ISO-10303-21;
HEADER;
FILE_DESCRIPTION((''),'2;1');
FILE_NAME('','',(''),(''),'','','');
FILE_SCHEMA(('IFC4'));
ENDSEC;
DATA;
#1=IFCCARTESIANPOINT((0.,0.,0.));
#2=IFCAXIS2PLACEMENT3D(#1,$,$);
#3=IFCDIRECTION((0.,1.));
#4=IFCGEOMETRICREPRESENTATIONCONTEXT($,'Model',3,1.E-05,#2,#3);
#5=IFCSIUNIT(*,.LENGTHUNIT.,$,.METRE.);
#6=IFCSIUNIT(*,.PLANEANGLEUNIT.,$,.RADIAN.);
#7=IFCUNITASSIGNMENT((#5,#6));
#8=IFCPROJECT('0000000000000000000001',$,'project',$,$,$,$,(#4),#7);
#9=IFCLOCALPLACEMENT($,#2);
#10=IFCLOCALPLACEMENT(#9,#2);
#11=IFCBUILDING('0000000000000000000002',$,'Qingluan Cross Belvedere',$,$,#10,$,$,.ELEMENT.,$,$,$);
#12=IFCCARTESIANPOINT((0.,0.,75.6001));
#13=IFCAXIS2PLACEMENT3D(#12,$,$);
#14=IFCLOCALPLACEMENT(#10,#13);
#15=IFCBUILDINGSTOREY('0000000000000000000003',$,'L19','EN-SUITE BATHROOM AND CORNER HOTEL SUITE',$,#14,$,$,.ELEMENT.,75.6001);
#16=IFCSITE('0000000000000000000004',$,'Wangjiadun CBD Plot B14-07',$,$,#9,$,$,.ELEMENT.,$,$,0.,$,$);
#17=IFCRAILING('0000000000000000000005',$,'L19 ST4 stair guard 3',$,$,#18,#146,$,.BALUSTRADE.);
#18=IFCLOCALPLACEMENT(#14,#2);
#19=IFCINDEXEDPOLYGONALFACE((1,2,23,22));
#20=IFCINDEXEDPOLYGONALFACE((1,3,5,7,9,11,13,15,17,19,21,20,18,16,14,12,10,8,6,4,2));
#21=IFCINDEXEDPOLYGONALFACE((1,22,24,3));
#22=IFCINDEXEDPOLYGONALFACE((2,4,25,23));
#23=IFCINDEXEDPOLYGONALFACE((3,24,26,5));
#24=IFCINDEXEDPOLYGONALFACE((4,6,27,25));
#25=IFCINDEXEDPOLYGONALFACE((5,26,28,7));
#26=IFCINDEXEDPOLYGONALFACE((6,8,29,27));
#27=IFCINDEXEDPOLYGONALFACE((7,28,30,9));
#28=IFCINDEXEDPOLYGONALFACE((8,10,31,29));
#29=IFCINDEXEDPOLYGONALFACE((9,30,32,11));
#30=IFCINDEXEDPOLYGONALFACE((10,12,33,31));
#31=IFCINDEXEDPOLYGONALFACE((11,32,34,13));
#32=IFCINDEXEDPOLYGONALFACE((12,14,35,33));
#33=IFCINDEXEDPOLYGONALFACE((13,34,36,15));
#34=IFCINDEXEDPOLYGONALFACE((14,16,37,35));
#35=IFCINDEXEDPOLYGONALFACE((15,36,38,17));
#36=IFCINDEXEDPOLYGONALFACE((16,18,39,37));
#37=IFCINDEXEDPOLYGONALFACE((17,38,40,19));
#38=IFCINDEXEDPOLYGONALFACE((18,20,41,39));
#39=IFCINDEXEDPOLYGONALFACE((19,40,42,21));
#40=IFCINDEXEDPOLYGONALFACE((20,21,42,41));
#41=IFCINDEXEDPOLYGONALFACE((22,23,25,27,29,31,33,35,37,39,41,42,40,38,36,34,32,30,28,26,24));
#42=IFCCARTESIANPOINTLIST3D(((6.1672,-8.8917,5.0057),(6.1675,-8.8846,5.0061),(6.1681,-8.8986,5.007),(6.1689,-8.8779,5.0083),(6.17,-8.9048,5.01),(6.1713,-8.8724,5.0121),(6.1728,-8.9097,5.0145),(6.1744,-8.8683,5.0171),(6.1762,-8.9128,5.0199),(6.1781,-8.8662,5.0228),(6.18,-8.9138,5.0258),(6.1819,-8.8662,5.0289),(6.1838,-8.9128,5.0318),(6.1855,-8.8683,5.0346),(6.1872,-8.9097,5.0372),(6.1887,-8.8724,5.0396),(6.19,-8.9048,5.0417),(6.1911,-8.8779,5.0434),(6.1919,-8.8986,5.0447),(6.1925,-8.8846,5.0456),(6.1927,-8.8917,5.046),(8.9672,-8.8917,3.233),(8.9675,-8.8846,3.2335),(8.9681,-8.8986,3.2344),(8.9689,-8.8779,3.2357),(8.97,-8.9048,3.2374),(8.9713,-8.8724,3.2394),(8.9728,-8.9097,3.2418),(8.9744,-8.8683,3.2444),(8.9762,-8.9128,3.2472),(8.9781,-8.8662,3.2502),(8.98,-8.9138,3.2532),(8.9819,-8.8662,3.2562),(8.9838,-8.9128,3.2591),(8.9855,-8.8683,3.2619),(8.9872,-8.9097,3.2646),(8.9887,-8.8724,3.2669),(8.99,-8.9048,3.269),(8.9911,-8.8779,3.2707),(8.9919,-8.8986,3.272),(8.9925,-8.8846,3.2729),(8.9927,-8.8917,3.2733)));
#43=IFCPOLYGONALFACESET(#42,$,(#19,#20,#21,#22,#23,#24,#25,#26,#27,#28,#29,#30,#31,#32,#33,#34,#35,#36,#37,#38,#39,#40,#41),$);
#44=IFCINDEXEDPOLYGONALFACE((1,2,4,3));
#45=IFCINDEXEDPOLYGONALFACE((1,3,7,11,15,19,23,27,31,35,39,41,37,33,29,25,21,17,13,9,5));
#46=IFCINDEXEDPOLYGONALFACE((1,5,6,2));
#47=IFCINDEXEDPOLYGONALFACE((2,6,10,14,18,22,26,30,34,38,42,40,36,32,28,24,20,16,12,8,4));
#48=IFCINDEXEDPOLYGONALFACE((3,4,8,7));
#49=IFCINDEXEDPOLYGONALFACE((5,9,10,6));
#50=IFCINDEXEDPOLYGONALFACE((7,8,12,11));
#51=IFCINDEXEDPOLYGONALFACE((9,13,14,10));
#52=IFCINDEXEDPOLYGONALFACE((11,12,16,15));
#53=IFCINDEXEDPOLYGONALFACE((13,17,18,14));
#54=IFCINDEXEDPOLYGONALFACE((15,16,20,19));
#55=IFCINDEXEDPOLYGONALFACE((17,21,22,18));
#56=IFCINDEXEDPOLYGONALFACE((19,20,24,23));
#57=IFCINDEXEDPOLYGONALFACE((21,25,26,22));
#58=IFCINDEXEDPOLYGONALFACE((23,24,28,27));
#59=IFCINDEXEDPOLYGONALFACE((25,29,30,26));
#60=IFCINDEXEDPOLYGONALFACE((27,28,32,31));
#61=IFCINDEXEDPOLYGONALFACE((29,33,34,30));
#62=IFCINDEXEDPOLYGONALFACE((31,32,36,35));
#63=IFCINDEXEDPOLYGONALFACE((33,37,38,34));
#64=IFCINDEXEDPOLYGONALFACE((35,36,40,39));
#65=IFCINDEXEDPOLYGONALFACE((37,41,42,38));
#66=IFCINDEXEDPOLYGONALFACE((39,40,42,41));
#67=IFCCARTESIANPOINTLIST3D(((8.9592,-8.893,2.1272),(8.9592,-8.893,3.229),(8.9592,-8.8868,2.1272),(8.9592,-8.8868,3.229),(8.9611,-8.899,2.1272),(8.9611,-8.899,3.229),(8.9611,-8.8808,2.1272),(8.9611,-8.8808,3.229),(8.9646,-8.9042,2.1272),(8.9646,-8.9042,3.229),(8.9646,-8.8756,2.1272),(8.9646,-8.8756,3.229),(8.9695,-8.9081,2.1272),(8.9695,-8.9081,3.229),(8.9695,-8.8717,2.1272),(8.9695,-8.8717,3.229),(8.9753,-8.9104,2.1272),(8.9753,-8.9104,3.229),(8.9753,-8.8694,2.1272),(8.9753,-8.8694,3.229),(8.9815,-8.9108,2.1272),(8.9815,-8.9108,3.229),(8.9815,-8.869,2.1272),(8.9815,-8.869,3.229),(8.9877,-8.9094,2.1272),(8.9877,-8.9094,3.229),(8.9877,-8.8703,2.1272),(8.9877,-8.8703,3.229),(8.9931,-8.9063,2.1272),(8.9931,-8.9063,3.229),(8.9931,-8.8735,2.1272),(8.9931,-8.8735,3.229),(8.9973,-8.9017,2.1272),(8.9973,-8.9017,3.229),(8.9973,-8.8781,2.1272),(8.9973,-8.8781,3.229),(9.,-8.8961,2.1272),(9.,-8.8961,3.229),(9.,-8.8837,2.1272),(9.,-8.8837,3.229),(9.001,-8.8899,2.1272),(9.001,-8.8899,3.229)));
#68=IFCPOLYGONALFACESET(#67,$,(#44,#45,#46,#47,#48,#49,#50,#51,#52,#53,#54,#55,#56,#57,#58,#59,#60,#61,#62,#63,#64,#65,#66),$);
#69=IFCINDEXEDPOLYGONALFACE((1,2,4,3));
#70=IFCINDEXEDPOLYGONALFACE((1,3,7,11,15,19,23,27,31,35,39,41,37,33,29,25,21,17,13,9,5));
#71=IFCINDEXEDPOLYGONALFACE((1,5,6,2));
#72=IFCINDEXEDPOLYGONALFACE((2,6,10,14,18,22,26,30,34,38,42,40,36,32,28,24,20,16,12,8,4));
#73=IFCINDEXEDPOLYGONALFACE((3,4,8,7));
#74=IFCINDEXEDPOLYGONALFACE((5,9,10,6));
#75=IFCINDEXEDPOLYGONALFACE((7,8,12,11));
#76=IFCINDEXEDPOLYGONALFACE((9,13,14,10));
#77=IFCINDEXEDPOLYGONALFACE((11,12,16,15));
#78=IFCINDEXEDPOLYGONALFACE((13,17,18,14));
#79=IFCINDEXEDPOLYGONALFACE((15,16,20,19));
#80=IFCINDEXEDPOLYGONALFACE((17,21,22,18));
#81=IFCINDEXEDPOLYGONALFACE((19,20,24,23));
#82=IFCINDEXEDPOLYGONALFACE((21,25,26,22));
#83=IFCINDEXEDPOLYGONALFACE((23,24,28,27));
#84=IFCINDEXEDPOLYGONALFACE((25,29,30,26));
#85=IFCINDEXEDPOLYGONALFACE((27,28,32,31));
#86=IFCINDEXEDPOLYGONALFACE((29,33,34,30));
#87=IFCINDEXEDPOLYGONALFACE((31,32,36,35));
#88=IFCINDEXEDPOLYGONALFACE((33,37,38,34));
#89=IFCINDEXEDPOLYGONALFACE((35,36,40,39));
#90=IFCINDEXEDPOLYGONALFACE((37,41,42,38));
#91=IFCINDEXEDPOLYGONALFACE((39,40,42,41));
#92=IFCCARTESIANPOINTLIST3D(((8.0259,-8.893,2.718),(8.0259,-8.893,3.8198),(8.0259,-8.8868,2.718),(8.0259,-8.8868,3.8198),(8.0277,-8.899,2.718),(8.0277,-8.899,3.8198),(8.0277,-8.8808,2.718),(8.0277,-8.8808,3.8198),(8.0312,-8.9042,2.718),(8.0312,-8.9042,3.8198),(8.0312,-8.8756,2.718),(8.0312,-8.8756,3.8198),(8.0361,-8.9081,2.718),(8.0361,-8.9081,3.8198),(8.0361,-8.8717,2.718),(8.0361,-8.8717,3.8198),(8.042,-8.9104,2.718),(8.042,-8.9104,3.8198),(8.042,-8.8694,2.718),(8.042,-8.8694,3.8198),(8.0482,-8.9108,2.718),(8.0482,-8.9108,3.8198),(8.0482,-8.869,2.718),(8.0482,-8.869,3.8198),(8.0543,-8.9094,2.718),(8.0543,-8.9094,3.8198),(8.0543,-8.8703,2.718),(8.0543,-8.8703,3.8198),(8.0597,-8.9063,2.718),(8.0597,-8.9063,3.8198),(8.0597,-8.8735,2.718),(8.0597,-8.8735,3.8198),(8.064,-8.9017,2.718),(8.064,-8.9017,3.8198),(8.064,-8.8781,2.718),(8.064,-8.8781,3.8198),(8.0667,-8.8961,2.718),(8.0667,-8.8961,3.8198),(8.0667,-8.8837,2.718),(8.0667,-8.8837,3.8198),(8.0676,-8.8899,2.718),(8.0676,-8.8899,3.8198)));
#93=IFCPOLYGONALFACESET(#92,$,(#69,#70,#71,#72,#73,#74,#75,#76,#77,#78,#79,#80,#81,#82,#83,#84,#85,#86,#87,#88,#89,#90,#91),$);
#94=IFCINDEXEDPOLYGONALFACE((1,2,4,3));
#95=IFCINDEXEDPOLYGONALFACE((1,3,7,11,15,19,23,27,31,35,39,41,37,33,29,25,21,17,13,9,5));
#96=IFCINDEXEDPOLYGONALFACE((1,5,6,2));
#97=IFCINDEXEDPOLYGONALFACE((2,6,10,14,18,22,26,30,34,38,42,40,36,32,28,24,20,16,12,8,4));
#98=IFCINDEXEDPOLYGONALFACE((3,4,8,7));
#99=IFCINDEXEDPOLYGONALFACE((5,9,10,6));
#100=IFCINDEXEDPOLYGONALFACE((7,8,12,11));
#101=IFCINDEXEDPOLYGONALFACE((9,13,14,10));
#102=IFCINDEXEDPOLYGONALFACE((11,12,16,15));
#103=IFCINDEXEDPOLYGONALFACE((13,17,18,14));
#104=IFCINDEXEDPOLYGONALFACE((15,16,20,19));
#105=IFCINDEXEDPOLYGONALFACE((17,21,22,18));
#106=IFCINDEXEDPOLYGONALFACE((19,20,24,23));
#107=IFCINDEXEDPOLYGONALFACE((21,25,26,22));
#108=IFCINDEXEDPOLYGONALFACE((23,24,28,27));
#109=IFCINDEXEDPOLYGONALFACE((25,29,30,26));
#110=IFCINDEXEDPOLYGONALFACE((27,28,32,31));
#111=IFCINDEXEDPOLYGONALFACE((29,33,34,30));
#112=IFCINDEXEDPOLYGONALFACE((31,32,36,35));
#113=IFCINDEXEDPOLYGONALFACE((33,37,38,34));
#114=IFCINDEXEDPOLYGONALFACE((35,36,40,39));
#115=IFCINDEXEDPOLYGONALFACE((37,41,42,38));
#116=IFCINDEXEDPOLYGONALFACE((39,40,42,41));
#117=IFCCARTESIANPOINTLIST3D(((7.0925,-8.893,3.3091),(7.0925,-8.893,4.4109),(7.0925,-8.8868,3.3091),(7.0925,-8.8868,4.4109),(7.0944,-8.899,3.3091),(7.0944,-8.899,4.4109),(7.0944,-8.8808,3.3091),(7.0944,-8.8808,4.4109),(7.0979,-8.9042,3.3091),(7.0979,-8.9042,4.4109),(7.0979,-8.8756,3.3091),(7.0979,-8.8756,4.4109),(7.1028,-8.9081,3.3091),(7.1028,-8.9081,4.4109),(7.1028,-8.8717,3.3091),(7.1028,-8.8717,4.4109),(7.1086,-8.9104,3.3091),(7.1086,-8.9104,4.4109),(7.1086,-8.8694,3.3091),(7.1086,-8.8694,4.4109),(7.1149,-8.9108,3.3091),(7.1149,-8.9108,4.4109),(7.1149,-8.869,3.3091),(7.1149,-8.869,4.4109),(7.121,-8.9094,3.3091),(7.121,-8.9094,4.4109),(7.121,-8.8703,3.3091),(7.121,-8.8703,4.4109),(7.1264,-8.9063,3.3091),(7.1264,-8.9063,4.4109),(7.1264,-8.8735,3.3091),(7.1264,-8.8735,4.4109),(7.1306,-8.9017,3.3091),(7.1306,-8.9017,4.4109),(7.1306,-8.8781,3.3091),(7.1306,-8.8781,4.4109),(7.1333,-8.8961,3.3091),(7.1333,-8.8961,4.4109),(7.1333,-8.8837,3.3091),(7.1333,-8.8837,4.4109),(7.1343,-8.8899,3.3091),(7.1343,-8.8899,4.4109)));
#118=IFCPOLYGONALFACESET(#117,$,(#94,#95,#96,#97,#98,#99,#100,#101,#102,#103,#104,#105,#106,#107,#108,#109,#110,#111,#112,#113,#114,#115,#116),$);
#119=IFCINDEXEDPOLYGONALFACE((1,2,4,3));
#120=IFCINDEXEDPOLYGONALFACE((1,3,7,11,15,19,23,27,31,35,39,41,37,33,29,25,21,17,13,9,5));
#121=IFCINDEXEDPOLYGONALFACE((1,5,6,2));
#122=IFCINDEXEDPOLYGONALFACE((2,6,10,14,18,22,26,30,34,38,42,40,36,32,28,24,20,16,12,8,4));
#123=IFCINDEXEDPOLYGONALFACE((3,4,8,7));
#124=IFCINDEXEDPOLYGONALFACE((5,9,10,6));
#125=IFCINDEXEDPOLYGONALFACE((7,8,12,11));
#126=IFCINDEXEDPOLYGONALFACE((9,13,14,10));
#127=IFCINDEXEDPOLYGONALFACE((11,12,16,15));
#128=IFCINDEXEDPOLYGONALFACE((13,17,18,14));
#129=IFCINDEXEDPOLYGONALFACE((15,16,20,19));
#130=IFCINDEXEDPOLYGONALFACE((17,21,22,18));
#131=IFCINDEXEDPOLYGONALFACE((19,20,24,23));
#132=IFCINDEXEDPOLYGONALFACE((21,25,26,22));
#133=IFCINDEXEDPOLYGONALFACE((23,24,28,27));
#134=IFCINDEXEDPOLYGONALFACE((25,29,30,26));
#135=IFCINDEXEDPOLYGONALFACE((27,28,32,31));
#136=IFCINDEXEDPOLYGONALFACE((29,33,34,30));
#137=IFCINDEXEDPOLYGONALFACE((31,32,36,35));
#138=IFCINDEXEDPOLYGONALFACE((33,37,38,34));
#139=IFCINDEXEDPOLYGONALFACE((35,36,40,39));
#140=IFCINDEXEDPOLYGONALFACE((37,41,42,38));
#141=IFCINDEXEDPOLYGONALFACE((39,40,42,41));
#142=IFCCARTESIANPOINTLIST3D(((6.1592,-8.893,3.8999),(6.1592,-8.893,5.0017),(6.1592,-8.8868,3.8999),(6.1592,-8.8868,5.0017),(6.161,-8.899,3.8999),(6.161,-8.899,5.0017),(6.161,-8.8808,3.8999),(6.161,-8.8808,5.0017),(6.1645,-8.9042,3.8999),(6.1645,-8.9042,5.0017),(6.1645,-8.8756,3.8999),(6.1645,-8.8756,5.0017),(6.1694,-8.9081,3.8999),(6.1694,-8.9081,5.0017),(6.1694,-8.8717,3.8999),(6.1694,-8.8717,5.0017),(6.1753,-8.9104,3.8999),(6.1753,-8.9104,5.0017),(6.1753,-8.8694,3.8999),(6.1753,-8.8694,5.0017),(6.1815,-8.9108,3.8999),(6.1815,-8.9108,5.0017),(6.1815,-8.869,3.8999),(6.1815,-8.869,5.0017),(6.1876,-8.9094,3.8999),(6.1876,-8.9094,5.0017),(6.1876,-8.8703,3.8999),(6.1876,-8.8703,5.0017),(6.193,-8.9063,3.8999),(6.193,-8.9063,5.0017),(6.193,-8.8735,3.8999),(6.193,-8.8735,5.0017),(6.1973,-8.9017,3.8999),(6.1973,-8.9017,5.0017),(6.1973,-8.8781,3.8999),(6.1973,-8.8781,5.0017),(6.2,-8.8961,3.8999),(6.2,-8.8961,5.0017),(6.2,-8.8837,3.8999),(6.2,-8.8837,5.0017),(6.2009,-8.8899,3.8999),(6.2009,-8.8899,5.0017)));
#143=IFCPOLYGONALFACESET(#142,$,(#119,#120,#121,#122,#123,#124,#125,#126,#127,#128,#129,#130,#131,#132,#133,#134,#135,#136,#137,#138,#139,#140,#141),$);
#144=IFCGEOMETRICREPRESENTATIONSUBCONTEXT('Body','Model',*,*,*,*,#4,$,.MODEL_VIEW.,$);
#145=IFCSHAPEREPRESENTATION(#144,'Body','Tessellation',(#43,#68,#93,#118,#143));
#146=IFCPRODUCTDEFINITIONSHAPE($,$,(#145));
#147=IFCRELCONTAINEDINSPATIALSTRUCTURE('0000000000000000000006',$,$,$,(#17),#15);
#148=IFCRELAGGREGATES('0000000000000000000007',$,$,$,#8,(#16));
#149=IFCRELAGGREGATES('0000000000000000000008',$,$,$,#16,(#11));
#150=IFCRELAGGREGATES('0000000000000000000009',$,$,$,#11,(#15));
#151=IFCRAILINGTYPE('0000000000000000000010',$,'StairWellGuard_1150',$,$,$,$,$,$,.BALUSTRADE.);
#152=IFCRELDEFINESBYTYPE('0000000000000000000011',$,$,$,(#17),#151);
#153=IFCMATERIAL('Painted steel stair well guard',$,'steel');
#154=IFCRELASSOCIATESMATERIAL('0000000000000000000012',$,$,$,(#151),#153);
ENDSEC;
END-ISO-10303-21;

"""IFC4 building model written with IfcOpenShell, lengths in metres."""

from ifc_helpers import new_model, si_unit, direction, frame, origin, origin_2d, place, context, subcontext, project, spatial, circle, extrude, material, type_object, element, save


model = new_model("IFC4")

# Units and contexts
model_context = context("Model", 3, precision=1e-05, world=origin(), true_north=direction((0.0, 1.0)))
body_context = subcontext(model_context, "Body", "Model", "MODEL_VIEW")
ifc_project = project(units=[si_unit("LENGTHUNIT", "METRE"), si_unit("PLANEANGLEUNIT", "RADIAN")], contexts=[model_context])

# Site, building, storey
site_placement = place(None, origin())
site = spatial("IfcSite", under=ifc_project, at=site_placement, Name="Wangjiadun CBD Plot B14-07", CompositionType="ELEMENT", RefElevation=0.0)
building_placement = place(site_placement, origin())
building = spatial("IfcBuilding", under=site, at=building_placement, Name="Qingluan Cross Belvedere", CompositionType="ELEMENT")
storey_placement = place(building_placement, frame((0.0, 0.0, 75.6001)))
storey = spatial("IfcBuildingStorey", under=building, at=storey_placement, Name="L19", Description="EN-SUITE BATHROOM AND CORNER HOTEL SUITE", CompositionType="ELEMENT", Elevation=75.6001)

# Railing
ifc_material_1 = material(Name="Painted steel stair well guard", Category="steel")
railing_type_1 = type_object("IfcRailingType", Name="StairWellGuard_1150", PredefinedType="BALUSTRADE", material=ifc_material_1)
railing_1_placement = place(storey_placement, frame((8.98, -8.8899, 2.1272)))
element("IfcRailing", 1, at=railing_1_placement, inside=storey, type_object=railing_type_1, Name="L19 ST4 stair guard 3", PredefinedType="BALUSTRADE", context=body_context, shape_type="SweptSolid", body=[
    extrude(circle(Radius=0.0239, at=origin_2d()), frame((0.0, 0.0, 1.126), z_axis=(-0.844909, 0.0, 0.53491), x_axis=(0.0, -1.0, 0.0)), (0.0, 0.0, 1.0), 3.314),
    extrude(circle(Radius=0.021, at=origin_2d()), origin(), (0.0, 0.0, 1.0), 1.1018),
    extrude(circle(Radius=0.021, at=origin_2d()), frame((-0.9333, 0.0, 0.5908)), (0.0, 0.0, 1.0), 1.1018),
    extrude(circle(Radius=0.021, at=origin_2d()), frame((-1.8667, 0.0, 1.1819)), (0.0, 0.0, 1.0), 1.1018),
    extrude(circle(Radius=0.021, at=origin_2d()), frame((-2.8, 0.0, 1.7727)), (0.0, 0.0, 1.0), 1.1018),
])

save(model, "model.ifc")
